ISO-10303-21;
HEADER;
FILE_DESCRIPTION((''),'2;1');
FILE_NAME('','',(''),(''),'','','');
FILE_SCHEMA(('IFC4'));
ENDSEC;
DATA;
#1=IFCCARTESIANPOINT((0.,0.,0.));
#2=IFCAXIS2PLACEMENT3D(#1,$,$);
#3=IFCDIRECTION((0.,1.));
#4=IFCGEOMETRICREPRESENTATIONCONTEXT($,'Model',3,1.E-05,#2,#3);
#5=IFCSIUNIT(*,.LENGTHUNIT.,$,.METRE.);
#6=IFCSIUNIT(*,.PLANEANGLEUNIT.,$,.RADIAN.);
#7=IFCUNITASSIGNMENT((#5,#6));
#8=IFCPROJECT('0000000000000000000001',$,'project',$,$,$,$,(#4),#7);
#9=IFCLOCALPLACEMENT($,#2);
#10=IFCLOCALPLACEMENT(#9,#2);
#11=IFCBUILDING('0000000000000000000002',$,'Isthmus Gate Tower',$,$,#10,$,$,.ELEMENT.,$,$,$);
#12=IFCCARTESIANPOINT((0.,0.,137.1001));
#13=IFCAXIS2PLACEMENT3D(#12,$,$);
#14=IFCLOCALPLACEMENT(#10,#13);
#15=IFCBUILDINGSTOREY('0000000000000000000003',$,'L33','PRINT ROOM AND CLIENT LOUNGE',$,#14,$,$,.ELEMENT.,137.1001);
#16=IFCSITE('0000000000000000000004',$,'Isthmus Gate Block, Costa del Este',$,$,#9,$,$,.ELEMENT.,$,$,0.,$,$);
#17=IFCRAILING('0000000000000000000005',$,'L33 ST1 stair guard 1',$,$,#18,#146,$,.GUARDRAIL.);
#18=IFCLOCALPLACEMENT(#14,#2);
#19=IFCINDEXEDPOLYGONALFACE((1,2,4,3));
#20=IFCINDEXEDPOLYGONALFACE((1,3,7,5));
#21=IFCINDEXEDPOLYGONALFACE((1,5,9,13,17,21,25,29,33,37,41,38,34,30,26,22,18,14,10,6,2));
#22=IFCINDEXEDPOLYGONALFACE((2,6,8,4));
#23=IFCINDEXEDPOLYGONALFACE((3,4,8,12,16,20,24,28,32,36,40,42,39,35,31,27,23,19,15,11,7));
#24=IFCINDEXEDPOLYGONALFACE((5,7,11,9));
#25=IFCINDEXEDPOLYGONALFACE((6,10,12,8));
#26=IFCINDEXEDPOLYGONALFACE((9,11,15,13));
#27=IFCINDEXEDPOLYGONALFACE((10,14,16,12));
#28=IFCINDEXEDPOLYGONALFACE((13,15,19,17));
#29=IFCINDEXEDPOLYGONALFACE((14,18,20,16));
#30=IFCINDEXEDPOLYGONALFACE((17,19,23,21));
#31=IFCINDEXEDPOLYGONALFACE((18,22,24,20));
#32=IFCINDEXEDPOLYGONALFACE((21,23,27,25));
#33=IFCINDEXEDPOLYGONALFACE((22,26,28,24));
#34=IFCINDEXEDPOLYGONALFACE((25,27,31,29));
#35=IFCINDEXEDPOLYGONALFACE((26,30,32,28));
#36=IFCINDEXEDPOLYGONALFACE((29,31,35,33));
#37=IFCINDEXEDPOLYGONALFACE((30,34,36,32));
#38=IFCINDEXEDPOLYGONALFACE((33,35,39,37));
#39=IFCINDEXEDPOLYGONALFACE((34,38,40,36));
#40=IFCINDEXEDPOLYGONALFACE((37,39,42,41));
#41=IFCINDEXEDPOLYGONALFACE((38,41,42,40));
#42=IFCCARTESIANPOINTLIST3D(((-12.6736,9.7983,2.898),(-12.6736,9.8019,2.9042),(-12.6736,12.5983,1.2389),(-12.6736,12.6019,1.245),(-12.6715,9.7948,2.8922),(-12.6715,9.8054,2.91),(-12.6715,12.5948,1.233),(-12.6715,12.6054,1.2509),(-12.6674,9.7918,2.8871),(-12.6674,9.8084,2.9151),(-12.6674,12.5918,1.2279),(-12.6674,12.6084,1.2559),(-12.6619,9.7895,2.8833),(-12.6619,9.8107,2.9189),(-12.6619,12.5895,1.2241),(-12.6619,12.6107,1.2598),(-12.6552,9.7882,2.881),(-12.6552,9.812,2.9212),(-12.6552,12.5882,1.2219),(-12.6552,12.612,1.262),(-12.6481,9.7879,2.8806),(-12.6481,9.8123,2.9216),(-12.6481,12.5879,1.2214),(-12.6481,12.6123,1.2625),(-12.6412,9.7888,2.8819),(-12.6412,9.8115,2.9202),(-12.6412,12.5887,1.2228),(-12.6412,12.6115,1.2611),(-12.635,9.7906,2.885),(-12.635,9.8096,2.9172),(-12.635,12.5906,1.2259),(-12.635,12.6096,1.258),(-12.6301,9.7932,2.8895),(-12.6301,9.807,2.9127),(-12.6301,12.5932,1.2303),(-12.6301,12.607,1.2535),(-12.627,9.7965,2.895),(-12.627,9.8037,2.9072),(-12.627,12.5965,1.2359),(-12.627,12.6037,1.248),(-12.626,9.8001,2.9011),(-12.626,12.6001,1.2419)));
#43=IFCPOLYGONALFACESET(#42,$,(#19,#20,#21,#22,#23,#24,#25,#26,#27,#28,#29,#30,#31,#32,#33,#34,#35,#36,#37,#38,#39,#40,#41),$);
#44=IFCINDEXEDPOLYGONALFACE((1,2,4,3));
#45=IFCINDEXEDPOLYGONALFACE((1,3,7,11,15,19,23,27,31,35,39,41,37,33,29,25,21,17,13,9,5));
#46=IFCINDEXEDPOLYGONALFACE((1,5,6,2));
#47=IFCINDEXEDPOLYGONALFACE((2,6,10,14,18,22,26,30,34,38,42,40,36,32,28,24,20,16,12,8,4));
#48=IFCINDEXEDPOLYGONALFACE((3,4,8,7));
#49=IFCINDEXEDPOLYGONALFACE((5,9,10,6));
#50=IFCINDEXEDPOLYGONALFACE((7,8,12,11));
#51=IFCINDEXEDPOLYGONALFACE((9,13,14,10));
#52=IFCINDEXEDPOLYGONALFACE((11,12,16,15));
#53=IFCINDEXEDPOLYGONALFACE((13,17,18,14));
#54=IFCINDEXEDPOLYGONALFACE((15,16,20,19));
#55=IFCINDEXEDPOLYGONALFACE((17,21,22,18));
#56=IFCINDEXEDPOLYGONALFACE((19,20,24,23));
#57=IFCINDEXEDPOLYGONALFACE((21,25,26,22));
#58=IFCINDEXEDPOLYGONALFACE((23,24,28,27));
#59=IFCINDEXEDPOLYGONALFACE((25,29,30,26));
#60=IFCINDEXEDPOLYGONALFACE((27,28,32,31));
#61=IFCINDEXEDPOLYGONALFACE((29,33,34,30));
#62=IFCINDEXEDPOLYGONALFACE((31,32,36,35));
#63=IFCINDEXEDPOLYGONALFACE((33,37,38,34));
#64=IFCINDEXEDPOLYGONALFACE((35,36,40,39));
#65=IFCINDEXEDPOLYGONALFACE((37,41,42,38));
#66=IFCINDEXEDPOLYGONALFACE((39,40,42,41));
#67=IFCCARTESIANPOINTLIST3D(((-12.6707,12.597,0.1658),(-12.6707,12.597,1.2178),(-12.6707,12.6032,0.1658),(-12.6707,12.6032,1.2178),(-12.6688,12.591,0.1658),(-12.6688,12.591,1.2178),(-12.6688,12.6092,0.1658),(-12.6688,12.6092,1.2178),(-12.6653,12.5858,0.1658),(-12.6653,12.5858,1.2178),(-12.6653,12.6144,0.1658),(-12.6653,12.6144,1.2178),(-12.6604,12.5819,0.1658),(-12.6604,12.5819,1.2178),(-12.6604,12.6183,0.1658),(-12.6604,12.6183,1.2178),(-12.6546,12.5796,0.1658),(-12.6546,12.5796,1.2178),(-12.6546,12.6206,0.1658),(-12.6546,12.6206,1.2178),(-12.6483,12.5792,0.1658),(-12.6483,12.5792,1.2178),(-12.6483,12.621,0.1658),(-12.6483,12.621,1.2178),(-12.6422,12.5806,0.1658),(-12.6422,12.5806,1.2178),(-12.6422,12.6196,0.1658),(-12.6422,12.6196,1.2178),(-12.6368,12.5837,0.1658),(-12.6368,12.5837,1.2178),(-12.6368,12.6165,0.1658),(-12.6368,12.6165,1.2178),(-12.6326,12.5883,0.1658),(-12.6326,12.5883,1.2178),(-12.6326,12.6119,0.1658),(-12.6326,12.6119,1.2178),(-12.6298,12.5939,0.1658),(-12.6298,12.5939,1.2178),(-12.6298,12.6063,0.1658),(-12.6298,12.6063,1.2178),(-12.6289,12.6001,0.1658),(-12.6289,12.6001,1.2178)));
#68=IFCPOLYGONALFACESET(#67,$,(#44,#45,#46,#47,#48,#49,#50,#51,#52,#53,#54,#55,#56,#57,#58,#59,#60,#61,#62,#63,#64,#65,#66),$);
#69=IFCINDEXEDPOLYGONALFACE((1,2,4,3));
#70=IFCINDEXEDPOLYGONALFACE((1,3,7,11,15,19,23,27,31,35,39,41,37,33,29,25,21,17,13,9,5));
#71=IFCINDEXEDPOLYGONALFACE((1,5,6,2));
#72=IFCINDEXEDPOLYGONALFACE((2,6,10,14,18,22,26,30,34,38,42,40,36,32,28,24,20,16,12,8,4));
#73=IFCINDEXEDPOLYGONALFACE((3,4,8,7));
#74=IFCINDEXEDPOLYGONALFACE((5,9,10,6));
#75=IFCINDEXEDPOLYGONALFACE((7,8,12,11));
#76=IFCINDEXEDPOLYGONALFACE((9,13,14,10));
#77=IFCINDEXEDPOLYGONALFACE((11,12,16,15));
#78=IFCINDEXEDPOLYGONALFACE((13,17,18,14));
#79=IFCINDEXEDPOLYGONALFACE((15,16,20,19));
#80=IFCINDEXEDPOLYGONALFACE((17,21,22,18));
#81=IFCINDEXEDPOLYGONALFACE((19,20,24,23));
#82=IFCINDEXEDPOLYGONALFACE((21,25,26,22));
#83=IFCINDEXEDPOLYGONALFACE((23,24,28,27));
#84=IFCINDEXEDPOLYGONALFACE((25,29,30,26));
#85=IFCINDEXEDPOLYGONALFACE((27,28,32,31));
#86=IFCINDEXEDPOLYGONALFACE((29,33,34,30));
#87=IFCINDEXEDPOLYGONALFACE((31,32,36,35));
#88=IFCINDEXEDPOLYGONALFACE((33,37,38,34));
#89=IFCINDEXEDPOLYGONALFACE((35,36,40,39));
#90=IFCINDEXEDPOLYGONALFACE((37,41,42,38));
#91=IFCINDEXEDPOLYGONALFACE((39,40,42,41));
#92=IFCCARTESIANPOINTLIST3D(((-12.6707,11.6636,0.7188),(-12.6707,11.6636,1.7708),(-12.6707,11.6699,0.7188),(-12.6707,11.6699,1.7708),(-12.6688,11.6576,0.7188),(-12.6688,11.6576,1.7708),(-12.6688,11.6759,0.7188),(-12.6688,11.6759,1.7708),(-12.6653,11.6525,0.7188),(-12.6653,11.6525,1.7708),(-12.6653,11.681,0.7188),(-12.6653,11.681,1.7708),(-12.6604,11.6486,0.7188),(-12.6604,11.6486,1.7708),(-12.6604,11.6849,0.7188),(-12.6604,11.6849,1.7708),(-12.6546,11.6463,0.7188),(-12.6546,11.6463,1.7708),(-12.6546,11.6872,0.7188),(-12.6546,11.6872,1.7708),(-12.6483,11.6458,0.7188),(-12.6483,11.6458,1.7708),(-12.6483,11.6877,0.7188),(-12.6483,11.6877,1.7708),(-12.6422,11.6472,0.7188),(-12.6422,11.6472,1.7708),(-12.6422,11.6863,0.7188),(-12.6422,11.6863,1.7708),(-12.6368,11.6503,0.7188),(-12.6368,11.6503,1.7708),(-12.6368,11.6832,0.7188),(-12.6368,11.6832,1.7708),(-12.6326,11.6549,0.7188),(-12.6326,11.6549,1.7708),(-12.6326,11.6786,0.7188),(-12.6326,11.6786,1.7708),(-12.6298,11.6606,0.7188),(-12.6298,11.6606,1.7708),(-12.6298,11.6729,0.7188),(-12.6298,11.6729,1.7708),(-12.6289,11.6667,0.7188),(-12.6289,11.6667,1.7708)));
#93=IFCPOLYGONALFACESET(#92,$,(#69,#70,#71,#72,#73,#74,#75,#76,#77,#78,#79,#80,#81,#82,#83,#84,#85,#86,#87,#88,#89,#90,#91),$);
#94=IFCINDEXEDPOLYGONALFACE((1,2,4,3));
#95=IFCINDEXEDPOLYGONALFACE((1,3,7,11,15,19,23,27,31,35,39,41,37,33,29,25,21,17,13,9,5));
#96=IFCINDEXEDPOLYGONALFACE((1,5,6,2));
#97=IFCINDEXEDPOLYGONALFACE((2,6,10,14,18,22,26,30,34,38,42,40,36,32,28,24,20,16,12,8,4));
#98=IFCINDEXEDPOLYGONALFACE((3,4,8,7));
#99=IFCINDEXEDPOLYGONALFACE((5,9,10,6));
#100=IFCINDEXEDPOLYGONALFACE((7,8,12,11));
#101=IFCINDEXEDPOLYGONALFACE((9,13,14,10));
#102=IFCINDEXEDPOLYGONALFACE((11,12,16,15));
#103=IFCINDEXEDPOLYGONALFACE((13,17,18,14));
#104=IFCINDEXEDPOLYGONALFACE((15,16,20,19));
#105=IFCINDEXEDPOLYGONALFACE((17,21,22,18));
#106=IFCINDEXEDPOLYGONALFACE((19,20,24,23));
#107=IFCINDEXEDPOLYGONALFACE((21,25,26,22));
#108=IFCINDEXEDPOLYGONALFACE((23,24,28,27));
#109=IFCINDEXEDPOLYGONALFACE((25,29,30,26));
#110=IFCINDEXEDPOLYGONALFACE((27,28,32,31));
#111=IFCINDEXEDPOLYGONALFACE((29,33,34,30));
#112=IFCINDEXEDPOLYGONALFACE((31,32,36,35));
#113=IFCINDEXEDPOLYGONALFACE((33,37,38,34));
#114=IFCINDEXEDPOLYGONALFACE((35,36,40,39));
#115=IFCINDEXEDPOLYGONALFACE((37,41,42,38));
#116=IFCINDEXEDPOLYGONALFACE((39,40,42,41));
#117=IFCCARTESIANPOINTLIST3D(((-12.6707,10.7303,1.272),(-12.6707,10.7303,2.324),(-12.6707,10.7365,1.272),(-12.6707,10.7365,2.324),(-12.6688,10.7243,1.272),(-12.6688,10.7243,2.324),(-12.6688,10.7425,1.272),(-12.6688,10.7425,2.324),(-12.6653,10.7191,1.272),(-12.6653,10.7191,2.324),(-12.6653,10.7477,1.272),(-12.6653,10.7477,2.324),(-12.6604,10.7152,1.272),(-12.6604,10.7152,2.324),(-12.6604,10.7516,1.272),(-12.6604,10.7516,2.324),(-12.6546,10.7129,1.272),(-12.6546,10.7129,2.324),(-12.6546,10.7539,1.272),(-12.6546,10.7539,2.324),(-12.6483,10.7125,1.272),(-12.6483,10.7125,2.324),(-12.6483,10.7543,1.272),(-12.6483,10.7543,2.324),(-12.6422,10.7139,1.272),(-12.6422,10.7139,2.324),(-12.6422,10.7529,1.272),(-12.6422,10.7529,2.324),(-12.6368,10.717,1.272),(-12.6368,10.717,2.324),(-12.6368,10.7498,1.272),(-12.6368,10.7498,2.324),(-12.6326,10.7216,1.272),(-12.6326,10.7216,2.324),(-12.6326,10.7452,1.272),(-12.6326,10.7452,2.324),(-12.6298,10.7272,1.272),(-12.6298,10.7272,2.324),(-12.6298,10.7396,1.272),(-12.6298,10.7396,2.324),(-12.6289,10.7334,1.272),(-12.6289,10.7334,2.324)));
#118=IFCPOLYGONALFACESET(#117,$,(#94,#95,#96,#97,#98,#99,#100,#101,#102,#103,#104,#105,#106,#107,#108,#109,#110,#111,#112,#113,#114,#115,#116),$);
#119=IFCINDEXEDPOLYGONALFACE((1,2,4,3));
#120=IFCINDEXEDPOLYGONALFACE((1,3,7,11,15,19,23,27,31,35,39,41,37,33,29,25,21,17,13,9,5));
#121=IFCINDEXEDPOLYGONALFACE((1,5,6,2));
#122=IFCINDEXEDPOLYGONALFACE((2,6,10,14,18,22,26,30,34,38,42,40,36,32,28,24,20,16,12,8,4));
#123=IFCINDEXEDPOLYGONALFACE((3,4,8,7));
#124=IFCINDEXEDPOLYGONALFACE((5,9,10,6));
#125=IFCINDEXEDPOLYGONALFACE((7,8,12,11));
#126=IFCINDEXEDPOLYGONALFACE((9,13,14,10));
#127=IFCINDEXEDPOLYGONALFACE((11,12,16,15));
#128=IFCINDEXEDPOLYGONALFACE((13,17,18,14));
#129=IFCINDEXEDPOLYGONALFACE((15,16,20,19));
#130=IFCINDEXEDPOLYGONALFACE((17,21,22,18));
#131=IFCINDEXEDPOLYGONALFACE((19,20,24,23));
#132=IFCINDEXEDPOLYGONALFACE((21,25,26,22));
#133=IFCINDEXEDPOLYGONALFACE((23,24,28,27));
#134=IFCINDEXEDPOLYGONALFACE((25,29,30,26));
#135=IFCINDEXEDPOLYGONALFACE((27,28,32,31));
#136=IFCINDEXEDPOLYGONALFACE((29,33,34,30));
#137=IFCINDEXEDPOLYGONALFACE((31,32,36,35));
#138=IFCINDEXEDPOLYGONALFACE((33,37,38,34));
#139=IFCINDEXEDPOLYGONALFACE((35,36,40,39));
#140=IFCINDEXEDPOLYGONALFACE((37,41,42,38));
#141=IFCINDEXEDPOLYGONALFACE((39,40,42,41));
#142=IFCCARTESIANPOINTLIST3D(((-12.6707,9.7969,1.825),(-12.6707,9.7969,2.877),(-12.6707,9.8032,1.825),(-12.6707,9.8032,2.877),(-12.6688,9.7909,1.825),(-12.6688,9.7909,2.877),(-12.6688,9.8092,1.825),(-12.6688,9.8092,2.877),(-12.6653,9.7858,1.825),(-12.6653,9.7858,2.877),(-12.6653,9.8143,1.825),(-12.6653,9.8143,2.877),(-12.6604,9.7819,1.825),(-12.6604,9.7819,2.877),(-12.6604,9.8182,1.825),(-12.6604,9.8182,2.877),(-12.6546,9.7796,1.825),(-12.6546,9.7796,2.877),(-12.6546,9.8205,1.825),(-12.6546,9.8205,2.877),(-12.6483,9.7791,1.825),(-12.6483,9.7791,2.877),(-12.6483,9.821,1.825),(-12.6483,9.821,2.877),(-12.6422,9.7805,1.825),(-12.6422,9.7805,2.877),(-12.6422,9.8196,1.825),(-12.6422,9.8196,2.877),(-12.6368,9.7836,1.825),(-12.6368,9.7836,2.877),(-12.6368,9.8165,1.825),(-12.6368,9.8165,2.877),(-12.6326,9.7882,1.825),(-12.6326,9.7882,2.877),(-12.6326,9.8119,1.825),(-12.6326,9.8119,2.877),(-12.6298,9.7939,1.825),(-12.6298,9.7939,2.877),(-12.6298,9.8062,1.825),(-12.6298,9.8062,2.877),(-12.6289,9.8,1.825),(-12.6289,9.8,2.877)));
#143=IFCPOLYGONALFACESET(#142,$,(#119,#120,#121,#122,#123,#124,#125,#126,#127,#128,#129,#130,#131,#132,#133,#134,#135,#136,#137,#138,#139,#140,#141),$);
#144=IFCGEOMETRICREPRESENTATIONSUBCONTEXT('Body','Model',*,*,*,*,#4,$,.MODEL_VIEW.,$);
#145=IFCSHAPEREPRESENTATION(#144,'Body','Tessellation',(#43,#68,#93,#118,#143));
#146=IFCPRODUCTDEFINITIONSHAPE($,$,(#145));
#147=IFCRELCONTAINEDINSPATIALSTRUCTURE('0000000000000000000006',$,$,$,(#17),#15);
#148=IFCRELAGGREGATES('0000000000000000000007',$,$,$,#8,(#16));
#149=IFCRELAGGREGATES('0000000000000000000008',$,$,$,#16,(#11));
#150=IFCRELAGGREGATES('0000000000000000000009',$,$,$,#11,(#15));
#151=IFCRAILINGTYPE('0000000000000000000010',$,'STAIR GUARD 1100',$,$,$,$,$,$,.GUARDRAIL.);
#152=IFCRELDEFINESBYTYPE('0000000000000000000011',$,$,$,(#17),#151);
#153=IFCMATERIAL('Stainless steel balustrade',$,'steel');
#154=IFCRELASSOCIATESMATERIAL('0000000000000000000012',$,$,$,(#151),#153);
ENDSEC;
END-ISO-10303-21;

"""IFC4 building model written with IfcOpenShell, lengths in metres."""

from ifc_helpers import new_model, si_unit, direction, frame, origin, origin_2d, place, context, subcontext, project, spatial, circle, extrude, material, type_object, element, save


model = new_model("IFC4")

# Units and contexts
model_context = context("Model", 3, precision=1e-05, world=origin(), true_north=direction((0.0, 1.0)))
body_context = subcontext(model_context, "Body", "Model", "MODEL_VIEW")
ifc_project = project(units=[si_unit("LENGTHUNIT", "METRE"), si_unit("PLANEANGLEUNIT", "RADIAN")], contexts=[model_context])

# Site, building, storey
site_placement = place(None, origin())
site = spatial("IfcSite", under=ifc_project, at=site_placement, Name="Isthmus Gate Block, Costa del Este", CompositionType="ELEMENT", RefElevation=0.0)
building_placement = place(site_placement, origin())
building = spatial("IfcBuilding", under=site, at=building_placement, Name="Isthmus Gate Tower", CompositionType="ELEMENT")
storey_placement = place(building_placement, frame((0.0, 0.0, 137.1001)))
storey = spatial("IfcBuildingStorey", under=building, at=storey_placement, Name="L33", Description="PRINT ROOM AND CLIENT LOUNGE", CompositionType="ELEMENT", Elevation=137.1001)

# Railing
ifc_material_1 = material(Name="Stainless steel balustrade", Category="steel")
railing_type_1 = type_object("IfcRailingType", Name="STAIR GUARD 1100", PredefinedType="GUARDRAIL", material=ifc_material_1)
railing_1_placement = place(storey_placement, frame((-12.6499, 12.6001, 0.1658)))
element("IfcRailing", 1, at=railing_1_placement, inside=storey, type_object=railing_type_1, Name="L33 ST1 stair guard 1", PredefinedType="GUARDRAIL", context=body_context, shape_type="SweptSolid", body=[
    extrude(circle(Radius=0.0239, at=origin_2d()), frame((0.0, 0.0, 1.0762), z_axis=(0.0, -0.860306, 0.509778), x_axis=(1.0, 0.0, 0.0)), (0.0, 0.0, 1.0), 3.2546),
    extrude(circle(Radius=0.021, at=origin_2d()), origin(), (0.0, 0.0, 1.0), 1.052),
    extrude(circle(Radius=0.021, at=origin_2d()), frame((0.0, -0.9333, 0.553)), (0.0, 0.0, 1.0), 1.052),
    extrude(circle(Radius=0.021, at=origin_2d()), frame((0.0, -1.8667, 1.1062)), (0.0, 0.0, 1.0), 1.052),
    extrude(circle(Radius=0.021, at=origin_2d()), frame((0.0, -2.8, 1.6592)), (0.0, 0.0, 1.0), 1.052),
])

save(model, "model.ifc")
